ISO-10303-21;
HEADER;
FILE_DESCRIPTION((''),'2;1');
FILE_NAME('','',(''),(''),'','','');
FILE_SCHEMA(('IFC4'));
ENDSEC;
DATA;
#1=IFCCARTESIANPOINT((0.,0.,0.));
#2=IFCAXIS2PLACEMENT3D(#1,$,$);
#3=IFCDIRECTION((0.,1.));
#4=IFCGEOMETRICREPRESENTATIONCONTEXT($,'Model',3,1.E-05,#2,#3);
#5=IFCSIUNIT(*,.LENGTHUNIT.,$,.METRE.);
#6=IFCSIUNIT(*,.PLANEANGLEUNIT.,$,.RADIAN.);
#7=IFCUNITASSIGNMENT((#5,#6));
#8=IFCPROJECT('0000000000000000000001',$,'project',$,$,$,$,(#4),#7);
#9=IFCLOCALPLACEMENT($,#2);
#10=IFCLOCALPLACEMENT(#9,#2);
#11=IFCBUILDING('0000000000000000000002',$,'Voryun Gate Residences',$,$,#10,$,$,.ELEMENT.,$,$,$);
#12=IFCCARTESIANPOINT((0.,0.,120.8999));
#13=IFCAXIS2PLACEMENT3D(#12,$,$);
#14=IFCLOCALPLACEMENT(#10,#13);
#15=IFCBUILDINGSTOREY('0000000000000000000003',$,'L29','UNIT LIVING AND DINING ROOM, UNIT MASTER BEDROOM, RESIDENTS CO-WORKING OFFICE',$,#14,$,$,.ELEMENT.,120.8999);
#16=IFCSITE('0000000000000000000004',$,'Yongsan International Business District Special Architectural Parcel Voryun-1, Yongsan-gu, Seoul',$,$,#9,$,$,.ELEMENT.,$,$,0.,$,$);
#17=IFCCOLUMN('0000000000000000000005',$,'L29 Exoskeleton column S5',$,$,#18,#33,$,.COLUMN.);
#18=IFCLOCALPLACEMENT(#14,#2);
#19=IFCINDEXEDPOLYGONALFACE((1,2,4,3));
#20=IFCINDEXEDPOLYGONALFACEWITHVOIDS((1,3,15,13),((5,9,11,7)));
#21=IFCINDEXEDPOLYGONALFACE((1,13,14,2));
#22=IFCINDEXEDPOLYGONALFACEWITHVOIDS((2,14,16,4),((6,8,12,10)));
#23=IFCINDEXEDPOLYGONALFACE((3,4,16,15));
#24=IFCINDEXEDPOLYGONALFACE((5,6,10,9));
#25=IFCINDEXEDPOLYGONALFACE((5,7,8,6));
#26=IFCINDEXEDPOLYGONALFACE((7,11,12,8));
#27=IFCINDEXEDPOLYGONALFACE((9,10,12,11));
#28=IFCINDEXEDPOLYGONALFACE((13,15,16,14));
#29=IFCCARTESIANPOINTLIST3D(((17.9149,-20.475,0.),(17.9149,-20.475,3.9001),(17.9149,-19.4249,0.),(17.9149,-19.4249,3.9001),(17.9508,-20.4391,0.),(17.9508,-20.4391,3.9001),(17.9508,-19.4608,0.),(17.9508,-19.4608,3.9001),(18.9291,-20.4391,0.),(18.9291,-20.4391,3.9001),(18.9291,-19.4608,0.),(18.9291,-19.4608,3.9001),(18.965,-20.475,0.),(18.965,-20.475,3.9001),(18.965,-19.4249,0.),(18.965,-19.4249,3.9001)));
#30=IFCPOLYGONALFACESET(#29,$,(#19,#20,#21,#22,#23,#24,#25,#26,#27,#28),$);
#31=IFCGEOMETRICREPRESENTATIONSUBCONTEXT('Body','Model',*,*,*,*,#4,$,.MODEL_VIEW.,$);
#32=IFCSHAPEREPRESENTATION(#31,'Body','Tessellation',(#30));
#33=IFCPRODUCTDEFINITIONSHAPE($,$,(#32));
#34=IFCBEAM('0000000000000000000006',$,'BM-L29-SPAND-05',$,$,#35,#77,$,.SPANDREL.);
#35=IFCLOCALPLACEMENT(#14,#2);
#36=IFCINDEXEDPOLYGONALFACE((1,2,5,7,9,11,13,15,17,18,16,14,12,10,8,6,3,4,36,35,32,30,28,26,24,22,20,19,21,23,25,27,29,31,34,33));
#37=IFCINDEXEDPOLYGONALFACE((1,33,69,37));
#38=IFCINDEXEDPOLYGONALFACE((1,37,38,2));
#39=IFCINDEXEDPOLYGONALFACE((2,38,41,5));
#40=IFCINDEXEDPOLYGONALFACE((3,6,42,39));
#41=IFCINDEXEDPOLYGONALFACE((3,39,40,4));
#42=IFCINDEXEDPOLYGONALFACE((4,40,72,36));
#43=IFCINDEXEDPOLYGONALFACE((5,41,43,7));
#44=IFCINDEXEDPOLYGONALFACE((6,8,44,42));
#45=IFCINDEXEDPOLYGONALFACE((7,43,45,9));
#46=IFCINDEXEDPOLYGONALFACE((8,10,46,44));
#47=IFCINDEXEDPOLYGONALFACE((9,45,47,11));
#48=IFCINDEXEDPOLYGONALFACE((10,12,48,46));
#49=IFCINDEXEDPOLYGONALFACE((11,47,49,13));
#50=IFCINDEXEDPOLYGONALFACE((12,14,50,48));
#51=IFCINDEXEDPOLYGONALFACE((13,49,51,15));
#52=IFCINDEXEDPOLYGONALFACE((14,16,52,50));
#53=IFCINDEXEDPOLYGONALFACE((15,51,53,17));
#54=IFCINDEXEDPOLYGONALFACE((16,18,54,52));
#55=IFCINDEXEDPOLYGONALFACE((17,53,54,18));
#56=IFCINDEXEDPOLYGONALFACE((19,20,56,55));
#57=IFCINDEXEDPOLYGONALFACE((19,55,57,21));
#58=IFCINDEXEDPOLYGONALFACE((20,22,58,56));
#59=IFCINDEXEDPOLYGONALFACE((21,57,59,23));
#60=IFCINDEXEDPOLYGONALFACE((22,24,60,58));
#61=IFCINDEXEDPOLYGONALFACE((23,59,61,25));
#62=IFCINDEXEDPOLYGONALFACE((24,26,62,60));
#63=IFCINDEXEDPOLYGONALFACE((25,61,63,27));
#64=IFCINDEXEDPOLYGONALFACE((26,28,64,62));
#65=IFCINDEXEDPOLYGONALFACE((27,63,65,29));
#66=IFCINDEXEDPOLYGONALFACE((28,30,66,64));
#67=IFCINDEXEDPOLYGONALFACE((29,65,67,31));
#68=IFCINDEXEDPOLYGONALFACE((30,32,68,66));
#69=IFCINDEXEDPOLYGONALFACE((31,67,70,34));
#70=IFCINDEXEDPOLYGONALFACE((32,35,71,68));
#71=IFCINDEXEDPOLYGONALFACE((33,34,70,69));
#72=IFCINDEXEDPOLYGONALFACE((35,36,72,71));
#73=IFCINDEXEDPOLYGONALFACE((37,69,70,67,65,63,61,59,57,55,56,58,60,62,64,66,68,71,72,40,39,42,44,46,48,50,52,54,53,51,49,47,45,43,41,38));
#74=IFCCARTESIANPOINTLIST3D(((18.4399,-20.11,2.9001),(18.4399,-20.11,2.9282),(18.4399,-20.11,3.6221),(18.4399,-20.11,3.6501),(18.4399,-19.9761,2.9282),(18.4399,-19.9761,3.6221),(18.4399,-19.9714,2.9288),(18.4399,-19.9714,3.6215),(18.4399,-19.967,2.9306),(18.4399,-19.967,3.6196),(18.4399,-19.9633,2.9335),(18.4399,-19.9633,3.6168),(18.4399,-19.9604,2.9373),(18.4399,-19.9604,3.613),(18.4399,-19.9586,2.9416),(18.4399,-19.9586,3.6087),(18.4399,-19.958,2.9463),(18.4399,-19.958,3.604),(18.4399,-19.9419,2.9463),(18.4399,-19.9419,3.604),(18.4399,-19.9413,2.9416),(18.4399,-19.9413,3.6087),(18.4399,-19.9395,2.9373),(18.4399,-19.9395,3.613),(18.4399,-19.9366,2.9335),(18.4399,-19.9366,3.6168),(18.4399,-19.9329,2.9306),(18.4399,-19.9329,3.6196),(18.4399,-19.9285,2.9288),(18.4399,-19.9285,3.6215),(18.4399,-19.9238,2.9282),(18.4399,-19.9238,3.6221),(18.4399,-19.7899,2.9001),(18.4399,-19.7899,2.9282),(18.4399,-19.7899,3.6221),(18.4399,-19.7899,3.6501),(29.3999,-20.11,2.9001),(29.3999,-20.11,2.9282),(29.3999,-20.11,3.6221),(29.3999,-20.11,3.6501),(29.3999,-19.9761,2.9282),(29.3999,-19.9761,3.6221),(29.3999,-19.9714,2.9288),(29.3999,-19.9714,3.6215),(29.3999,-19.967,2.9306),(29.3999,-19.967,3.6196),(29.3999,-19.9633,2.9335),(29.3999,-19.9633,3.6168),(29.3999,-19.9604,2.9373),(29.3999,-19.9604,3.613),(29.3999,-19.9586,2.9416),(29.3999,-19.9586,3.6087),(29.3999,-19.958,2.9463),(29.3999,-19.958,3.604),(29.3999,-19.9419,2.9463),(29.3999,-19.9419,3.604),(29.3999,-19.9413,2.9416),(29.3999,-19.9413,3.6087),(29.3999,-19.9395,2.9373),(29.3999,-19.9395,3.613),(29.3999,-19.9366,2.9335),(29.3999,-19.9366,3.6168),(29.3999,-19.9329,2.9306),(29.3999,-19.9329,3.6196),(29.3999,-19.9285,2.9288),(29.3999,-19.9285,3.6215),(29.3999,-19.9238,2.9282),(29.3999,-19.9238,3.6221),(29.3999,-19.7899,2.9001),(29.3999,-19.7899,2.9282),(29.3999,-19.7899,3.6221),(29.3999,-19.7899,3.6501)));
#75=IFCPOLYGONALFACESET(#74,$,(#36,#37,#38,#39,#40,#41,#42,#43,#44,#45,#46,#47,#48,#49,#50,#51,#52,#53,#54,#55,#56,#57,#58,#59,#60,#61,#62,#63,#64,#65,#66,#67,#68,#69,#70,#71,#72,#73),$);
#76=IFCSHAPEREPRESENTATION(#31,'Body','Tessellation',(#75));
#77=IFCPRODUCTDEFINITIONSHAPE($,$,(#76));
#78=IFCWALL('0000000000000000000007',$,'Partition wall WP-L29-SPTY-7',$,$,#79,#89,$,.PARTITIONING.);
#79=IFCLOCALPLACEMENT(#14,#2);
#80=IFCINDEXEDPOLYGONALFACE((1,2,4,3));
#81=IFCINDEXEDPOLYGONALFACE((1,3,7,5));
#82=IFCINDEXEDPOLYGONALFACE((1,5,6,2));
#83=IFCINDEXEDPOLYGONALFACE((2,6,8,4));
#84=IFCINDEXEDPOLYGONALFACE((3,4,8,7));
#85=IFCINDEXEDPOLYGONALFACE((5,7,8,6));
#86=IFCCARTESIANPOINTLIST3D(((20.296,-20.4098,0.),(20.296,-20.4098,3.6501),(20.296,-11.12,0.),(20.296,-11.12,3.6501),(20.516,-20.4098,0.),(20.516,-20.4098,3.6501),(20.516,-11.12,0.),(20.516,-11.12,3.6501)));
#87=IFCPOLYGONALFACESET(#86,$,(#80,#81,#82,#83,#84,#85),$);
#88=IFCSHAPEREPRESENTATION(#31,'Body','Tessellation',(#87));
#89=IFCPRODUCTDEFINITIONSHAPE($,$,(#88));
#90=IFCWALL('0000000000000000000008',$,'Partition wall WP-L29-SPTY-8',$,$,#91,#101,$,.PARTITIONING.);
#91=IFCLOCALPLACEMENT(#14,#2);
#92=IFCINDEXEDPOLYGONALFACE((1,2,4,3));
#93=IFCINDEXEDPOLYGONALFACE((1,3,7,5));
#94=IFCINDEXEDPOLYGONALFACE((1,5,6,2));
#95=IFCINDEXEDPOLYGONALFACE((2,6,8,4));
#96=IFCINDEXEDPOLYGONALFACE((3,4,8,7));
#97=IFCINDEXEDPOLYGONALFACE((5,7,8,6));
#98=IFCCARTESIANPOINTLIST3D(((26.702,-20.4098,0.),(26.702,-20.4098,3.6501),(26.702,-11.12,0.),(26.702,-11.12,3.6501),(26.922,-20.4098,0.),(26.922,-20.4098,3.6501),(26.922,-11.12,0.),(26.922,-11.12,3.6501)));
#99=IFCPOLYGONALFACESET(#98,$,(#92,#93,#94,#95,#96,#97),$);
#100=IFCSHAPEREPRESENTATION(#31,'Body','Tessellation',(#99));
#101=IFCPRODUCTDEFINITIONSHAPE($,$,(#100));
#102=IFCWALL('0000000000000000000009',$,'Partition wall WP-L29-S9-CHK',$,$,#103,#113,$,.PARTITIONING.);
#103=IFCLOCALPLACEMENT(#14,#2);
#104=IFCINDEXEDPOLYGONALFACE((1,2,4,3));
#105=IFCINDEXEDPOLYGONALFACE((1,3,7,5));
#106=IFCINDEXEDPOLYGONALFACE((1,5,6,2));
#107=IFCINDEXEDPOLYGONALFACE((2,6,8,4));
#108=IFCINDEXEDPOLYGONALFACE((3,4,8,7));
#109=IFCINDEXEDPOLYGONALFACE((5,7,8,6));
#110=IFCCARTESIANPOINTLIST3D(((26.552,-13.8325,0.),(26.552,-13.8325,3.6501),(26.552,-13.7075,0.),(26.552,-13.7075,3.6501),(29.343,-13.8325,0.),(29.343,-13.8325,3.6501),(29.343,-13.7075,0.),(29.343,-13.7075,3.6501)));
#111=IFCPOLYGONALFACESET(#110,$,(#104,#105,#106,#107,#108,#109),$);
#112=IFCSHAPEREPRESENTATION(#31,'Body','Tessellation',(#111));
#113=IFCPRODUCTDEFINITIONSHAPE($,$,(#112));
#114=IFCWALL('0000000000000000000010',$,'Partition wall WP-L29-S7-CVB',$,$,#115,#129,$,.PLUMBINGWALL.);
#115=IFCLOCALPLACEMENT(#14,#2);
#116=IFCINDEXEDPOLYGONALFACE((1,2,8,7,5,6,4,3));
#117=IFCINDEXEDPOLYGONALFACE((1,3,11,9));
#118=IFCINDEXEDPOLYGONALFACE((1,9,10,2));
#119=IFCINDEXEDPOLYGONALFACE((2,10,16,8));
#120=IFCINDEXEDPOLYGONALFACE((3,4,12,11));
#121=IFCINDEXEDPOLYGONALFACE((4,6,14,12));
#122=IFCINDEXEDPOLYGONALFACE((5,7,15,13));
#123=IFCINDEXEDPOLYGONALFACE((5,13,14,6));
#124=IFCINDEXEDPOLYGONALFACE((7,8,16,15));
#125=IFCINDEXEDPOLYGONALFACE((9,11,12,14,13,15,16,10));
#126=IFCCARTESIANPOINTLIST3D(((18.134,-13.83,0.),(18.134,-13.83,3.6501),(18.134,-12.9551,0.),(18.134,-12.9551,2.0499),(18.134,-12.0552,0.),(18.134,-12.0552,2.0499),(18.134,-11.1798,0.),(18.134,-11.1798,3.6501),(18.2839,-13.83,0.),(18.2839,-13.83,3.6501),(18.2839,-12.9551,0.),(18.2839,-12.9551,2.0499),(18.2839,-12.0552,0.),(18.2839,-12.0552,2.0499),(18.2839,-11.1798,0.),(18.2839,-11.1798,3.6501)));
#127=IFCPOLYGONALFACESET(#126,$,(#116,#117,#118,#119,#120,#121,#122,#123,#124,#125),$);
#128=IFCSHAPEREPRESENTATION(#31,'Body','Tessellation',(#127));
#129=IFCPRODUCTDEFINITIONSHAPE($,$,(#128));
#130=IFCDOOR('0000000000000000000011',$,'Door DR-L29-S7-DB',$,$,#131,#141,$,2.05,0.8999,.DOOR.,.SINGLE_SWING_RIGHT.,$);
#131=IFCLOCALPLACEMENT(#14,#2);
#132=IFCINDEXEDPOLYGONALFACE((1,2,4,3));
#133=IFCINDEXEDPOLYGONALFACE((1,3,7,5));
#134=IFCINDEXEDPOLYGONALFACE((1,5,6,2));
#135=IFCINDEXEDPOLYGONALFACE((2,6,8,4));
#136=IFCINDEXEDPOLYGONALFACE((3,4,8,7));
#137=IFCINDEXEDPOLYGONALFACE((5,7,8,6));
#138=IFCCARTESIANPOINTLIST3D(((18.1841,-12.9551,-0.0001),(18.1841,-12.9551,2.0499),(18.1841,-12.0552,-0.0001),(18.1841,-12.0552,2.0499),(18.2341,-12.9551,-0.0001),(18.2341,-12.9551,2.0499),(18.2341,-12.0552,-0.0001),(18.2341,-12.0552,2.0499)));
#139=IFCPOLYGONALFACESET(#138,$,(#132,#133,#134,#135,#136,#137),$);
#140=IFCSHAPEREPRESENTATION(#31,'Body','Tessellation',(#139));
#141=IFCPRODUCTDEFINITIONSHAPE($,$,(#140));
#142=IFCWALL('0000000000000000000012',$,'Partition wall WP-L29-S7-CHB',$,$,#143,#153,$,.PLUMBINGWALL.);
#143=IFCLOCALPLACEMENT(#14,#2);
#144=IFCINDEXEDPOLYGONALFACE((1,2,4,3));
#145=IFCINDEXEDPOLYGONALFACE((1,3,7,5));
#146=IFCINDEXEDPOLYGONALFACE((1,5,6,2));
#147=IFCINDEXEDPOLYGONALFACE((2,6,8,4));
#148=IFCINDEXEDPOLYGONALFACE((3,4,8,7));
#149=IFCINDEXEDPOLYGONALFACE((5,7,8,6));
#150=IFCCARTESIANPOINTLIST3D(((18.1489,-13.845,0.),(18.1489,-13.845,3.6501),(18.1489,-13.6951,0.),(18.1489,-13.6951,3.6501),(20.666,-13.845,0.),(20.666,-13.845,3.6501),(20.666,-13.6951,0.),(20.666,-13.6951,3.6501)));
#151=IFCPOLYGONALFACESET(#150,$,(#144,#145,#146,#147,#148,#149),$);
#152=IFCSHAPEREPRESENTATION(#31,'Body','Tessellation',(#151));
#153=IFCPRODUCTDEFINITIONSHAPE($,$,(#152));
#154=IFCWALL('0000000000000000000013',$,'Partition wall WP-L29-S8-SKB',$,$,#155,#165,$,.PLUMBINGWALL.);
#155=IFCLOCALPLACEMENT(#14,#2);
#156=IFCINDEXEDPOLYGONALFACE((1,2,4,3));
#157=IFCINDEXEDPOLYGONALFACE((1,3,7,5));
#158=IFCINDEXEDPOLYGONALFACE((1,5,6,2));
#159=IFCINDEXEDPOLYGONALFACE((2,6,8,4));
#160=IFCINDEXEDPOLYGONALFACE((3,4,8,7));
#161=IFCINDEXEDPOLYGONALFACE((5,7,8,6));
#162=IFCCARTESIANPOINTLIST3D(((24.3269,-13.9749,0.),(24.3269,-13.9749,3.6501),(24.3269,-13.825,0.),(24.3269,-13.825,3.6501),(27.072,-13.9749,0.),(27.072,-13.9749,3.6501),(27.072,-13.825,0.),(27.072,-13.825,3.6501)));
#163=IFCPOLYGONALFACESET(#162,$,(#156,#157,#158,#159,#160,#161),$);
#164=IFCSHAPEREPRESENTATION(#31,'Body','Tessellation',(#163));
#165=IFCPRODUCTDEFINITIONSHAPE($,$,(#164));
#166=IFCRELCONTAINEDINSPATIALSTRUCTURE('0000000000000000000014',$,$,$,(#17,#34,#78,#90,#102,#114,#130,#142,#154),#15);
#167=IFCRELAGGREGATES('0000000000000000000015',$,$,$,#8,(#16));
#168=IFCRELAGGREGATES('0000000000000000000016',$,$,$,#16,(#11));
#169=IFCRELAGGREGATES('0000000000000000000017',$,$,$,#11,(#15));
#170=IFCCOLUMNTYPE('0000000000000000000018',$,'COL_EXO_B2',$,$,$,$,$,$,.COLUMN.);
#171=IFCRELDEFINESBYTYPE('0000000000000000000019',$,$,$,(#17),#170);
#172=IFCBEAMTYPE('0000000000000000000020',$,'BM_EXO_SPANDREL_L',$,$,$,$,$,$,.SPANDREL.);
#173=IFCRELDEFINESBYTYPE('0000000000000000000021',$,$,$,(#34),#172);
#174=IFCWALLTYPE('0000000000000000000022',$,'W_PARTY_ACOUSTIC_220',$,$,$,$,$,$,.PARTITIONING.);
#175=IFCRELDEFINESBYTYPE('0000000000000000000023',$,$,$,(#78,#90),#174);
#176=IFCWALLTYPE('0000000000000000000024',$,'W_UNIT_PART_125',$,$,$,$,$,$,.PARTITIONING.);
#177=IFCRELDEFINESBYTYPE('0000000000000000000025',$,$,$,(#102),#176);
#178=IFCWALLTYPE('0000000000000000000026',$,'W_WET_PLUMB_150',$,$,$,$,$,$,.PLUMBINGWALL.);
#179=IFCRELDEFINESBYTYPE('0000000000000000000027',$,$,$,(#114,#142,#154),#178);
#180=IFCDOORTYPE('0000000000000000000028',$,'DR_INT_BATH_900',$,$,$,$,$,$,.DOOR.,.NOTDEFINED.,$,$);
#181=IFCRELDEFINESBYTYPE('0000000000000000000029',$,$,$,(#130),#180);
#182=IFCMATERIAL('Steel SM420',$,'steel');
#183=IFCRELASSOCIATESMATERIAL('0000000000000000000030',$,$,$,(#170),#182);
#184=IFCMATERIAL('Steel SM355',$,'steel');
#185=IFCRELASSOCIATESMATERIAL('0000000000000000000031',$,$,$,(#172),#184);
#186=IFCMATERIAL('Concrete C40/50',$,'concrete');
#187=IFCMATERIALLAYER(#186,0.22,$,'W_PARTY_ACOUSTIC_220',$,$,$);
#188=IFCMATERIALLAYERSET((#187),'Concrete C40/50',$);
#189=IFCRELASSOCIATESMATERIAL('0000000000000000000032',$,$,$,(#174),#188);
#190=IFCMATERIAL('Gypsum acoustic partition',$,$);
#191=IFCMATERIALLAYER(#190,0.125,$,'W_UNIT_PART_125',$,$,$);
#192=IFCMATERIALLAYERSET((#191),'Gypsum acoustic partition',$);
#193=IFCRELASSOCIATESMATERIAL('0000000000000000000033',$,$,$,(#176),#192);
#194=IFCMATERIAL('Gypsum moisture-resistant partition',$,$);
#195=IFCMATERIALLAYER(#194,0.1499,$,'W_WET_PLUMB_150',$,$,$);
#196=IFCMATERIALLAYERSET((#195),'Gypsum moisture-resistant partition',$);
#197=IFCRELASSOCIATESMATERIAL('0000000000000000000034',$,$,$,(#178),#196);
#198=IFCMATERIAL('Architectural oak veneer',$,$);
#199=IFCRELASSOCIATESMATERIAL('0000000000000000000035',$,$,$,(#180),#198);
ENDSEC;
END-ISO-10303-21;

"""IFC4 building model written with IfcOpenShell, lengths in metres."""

from ifc_helpers import new_model, si_unit, direction, frame, frame_2d, origin, origin_2d, place, context, subcontext, project, spatial, rectangle, hollow_rectangle, i_section, extrude, material, layer, layer_set, material_profile, profile_set, type_object, element, fill, save


model = new_model("IFC4")

# Units and contexts
model_context = context("Model", 3, precision=1e-05, world=origin(), true_north=direction((0.0, 1.0)))
body_context = subcontext(model_context, "Body", "Model", "MODEL_VIEW")
ifc_project = project(units=[si_unit("LENGTHUNIT", "METRE"), si_unit("PLANEANGLEUNIT", "RADIAN")], contexts=[model_context])

# Site, building, storey
site_placement = place(None, origin())
site = spatial("IfcSite", under=ifc_project, at=site_placement, Name="Yongsan International Business District Special Architectural Parcel Voryun-1, Yongsan-gu, Seoul", CompositionType="ELEMENT", RefElevation=0.0)
building_placement = place(site_placement, origin())
building = spatial("IfcBuilding", under=site, at=building_placement, Name="Voryun Gate Residences", CompositionType="ELEMENT")
storey_placement = place(building_placement, frame((0.0, 0.0, 120.8999)))
storey = spatial("IfcBuildingStorey", under=building, at=storey_placement, Name="L29", Description="UNIT LIVING AND DINING ROOM, UNIT MASTER BEDROOM, RESIDENTS CO-WORKING OFFICE", CompositionType="ELEMENT", Elevation=120.8999)

# Column
ifc_material_1 = material(Name="Steel SM420", Category="steel")
ifc_material_profile_1 = material_profile(ifc_material_1, hollow_rectangle(XDim=1.05, YDim=1.05, WallThickness=0.0359, at=origin_2d()), Name="BOX-1050x1050x36")
ifc_profile_set_1 = profile_set([ifc_material_profile_1], Name="Steel SM420")
column_type = type_object("IfcColumnType", Name="COL_EXO_B2", PredefinedType="COLUMN", material=ifc_profile_set_1)
column_placement = place(storey_placement, frame((18.4399, -19.95, 0.0), z_axis=(0.0, 0.0, 1.0), x_axis=(1.0, 0.0, 0.0)))
element("IfcColumn", 1, at=column_placement, inside=storey, type_object=column_type, Name="L29 Exoskeleton column S5", PredefinedType="COLUMN", context=body_context, shape_type="SweptSolid", body=[
    extrude(hollow_rectangle(XDim=1.05, YDim=1.05, WallThickness=0.0359, at=origin_2d()), origin(), (0.0, 0.0, 1.0), 3.9001),
])

# Beam
ifc_material_2 = material(Name="Steel SM355", Category="steel")
ifc_material_profile_2 = material_profile(ifc_material_2, i_section(OverallWidth=0.3201, OverallDepth=0.75, WebThickness=0.0161, FlangeThickness=0.0281, FilletRadius=0.0181, at=origin_2d()), Name="H-750x320x16x28")
ifc_profile_set_2 = profile_set([ifc_material_profile_2], Name="Steel SM355")
beam_type = type_object("IfcBeamType", Name="BM_EXO_SPANDREL_L", PredefinedType="SPANDREL", material=ifc_profile_set_2)
beam_placement = place(storey_placement, frame((18.4399, -19.95, 3.2751), z_axis=(1.0, 0.0, 0.0), x_axis=(0.0, 1.0, 0.0)))
element("IfcBeam", 2, at=beam_placement, inside=storey, type_object=beam_type, Name="BM-L29-SPAND-05", PredefinedType="SPANDREL", context=body_context, shape_type="SweptSolid", body=[
    extrude(i_section(OverallWidth=0.3201, OverallDepth=0.75, WebThickness=0.0161, FlangeThickness=0.0281, FilletRadius=0.0181, at=origin_2d()), origin(), (0.0, 0.0, 1.0), 10.96),
])

# Walls
ifc_material_3 = material(Name="Concrete C40/50", Category="concrete")
ifc_layer_1 = layer(ifc_material_3, 0.22, Name="W_PARTY_ACOUSTIC_220")
ifc_layer_set_1 = layer_set([ifc_layer_1], Name="Concrete C40/50")
wall_type_1 = type_object("IfcWallType", Name="W_PARTY_ACOUSTIC_220", PredefinedType="PARTITIONING", material=ifc_layer_set_1)
for number, where, z_axis, x_axis, name in (
    (3, (20.406, -20.4099, 0.0), (0.0, 0.0, 1.0), (0.0, 1.0, 0.0), "Partition wall WP-L29-SPTY-7"),
    (4, (26.812, -20.4099, 0.0), (0.0, 0.0, 1.0), (0.0, 1.0, 0.0), "Partition wall WP-L29-SPTY-8"),
):
    element("IfcWall", number, at=place(storey_placement, frame(where, z_axis=z_axis, x_axis=x_axis)), inside=storey, type_object=wall_type_1, Name=name, PredefinedType="PARTITIONING", context=body_context, shape_type="SweptSolid", body=[
        extrude(rectangle(XDim=9.2898, YDim=0.22, at=frame_2d((4.645, 0.0))), origin(), (0.0, 0.0, 1.0), 3.6501),
    ])
ifc_material_4 = material(Name="Gypsum acoustic partition")
ifc_layer_2 = layer(ifc_material_4, 0.125, Name="W_UNIT_PART_125")
ifc_layer_set_2 = layer_set([ifc_layer_2], Name="Gypsum acoustic partition")
wall_type_2 = type_object("IfcWallType", Name="W_UNIT_PART_125", PredefinedType="PARTITIONING", material=ifc_layer_set_2)
wall_1_placement = place(storey_placement, frame((26.552, -13.77, 0.0), z_axis=(0.0, 0.0, 1.0), x_axis=(1.0, 0.0, 0.0)))
element("IfcWall", 5, at=wall_1_placement, inside=storey, type_object=wall_type_2, Name="Partition wall WP-L29-S9-CHK", PredefinedType="PARTITIONING", context=body_context, shape_type="SweptSolid", body=[
    extrude(rectangle(XDim=2.791, YDim=0.125, at=frame_2d((1.3955, 0.0))), origin(), (0.0, 0.0, 1.0), 3.6501),
])

# Wall, opening, door
ifc_material_5 = material(Name="Gypsum moisture-resistant partition")
ifc_layer_3 = layer(ifc_material_5, 0.1499, Name="W_WET_PLUMB_150")
ifc_layer_set_3 = layer_set([ifc_layer_3], Name="Gypsum moisture-resistant partition")
wall_type_3 = type_object("IfcWallType", Name="W_WET_PLUMB_150", PredefinedType="PLUMBINGWALL", material=ifc_layer_set_3)
wall_2_placement = place(storey_placement, frame((18.209, -13.8301, 0.0), z_axis=(0.0, 0.0, 1.0), x_axis=(0.0, 1.0, 0.0)))
wall_2 = element("IfcWall", 6, at=wall_2_placement, inside=storey, type_object=wall_type_3, Name="Partition wall WP-L29-S7-CVB", PredefinedType="PLUMBINGWALL", context=body_context, shape_type="SweptSolid", body=[
    extrude(rectangle(XDim=2.6501, YDim=0.1499, at=frame_2d((1.3252, 0.0))), origin(), (0.0, 0.0, 1.0), 3.6501),
])
opening_1_placement = place(wall_2_placement, frame((0.875, 0.0, 0.0)))
opening_1 = element("IfcOpeningElement", 7, at=opening_1_placement, cuts=wall_2, PredefinedType="OPENING", context=body_context, shape_type="SweptSolid", body=[
    extrude(rectangle(XDim=0.8999, YDim=2.05, at=frame_2d((0.45, 1.0249))), frame((0.0, 0.085, 0.0), z_axis=(0.0, -1.0, 0.0), x_axis=(1.0, 0.0, 0.0)), (0.0, 0.0, 1.0), 0.1699),
])
ifc_material_6 = material(Name="Architectural oak veneer")
door_type = type_object("IfcDoorType", Name="DR_INT_BATH_900", OperationType="NOTDEFINED", PredefinedType="DOOR", material=ifc_material_6)
door_1_placement = place(opening_1_placement, origin())
door_1 = element("IfcDoor", 8, at=door_1_placement, inside=storey, type_object=door_type, Name="Door DR-L29-S7-DB", OperationType="SINGLE_SWING_RIGHT", OverallHeight=2.05, OverallWidth=0.8999, PredefinedType="DOOR", context=body_context, shape_type="SweptSolid", body=[
    extrude(rectangle(XDim=0.8999, YDim=2.05, at=frame_2d((0.45, 1.0249))), frame((0.0, 0.0249, 0.0), z_axis=(0.0, -1.0, 0.0), x_axis=(1.0, 0.0, 0.0)), (0.0, 0.0, 1.0), 0.05),
])
fill(opening_1, door_1)

# Walls
wall_3_placement = place(storey_placement, frame((18.1489, -13.77, 0.0), z_axis=(0.0, 0.0, 1.0), x_axis=(1.0, 0.0, 0.0)))
element("IfcWall", 9, at=wall_3_placement, inside=storey, type_object=wall_type_3, Name="Partition wall WP-L29-S7-CHB", PredefinedType="PLUMBINGWALL", context=body_context, shape_type="SweptSolid", body=[
    extrude(rectangle(XDim=2.5171, YDim=0.1499, at=frame_2d((1.2585, 0.0))), origin(), (0.0, 0.0, 1.0), 3.6501),
])
wall_4_placement = place(storey_placement, frame((24.3269, -13.8999, 0.0), z_axis=(0.0, 0.0, 1.0), x_axis=(1.0, 0.0, 0.0)))
element("IfcWall", 10, at=wall_4_placement, inside=storey, type_object=wall_type_3, Name="Partition wall WP-L29-S8-SKB", PredefinedType="PLUMBINGWALL", context=body_context, shape_type="SweptSolid", body=[
    extrude(rectangle(XDim=2.7451, YDim=0.1499, at=frame_2d((1.3726, 0.0))), origin(), (0.0, 0.0, 1.0), 3.6501),
])

save(model, "model.ifc")
